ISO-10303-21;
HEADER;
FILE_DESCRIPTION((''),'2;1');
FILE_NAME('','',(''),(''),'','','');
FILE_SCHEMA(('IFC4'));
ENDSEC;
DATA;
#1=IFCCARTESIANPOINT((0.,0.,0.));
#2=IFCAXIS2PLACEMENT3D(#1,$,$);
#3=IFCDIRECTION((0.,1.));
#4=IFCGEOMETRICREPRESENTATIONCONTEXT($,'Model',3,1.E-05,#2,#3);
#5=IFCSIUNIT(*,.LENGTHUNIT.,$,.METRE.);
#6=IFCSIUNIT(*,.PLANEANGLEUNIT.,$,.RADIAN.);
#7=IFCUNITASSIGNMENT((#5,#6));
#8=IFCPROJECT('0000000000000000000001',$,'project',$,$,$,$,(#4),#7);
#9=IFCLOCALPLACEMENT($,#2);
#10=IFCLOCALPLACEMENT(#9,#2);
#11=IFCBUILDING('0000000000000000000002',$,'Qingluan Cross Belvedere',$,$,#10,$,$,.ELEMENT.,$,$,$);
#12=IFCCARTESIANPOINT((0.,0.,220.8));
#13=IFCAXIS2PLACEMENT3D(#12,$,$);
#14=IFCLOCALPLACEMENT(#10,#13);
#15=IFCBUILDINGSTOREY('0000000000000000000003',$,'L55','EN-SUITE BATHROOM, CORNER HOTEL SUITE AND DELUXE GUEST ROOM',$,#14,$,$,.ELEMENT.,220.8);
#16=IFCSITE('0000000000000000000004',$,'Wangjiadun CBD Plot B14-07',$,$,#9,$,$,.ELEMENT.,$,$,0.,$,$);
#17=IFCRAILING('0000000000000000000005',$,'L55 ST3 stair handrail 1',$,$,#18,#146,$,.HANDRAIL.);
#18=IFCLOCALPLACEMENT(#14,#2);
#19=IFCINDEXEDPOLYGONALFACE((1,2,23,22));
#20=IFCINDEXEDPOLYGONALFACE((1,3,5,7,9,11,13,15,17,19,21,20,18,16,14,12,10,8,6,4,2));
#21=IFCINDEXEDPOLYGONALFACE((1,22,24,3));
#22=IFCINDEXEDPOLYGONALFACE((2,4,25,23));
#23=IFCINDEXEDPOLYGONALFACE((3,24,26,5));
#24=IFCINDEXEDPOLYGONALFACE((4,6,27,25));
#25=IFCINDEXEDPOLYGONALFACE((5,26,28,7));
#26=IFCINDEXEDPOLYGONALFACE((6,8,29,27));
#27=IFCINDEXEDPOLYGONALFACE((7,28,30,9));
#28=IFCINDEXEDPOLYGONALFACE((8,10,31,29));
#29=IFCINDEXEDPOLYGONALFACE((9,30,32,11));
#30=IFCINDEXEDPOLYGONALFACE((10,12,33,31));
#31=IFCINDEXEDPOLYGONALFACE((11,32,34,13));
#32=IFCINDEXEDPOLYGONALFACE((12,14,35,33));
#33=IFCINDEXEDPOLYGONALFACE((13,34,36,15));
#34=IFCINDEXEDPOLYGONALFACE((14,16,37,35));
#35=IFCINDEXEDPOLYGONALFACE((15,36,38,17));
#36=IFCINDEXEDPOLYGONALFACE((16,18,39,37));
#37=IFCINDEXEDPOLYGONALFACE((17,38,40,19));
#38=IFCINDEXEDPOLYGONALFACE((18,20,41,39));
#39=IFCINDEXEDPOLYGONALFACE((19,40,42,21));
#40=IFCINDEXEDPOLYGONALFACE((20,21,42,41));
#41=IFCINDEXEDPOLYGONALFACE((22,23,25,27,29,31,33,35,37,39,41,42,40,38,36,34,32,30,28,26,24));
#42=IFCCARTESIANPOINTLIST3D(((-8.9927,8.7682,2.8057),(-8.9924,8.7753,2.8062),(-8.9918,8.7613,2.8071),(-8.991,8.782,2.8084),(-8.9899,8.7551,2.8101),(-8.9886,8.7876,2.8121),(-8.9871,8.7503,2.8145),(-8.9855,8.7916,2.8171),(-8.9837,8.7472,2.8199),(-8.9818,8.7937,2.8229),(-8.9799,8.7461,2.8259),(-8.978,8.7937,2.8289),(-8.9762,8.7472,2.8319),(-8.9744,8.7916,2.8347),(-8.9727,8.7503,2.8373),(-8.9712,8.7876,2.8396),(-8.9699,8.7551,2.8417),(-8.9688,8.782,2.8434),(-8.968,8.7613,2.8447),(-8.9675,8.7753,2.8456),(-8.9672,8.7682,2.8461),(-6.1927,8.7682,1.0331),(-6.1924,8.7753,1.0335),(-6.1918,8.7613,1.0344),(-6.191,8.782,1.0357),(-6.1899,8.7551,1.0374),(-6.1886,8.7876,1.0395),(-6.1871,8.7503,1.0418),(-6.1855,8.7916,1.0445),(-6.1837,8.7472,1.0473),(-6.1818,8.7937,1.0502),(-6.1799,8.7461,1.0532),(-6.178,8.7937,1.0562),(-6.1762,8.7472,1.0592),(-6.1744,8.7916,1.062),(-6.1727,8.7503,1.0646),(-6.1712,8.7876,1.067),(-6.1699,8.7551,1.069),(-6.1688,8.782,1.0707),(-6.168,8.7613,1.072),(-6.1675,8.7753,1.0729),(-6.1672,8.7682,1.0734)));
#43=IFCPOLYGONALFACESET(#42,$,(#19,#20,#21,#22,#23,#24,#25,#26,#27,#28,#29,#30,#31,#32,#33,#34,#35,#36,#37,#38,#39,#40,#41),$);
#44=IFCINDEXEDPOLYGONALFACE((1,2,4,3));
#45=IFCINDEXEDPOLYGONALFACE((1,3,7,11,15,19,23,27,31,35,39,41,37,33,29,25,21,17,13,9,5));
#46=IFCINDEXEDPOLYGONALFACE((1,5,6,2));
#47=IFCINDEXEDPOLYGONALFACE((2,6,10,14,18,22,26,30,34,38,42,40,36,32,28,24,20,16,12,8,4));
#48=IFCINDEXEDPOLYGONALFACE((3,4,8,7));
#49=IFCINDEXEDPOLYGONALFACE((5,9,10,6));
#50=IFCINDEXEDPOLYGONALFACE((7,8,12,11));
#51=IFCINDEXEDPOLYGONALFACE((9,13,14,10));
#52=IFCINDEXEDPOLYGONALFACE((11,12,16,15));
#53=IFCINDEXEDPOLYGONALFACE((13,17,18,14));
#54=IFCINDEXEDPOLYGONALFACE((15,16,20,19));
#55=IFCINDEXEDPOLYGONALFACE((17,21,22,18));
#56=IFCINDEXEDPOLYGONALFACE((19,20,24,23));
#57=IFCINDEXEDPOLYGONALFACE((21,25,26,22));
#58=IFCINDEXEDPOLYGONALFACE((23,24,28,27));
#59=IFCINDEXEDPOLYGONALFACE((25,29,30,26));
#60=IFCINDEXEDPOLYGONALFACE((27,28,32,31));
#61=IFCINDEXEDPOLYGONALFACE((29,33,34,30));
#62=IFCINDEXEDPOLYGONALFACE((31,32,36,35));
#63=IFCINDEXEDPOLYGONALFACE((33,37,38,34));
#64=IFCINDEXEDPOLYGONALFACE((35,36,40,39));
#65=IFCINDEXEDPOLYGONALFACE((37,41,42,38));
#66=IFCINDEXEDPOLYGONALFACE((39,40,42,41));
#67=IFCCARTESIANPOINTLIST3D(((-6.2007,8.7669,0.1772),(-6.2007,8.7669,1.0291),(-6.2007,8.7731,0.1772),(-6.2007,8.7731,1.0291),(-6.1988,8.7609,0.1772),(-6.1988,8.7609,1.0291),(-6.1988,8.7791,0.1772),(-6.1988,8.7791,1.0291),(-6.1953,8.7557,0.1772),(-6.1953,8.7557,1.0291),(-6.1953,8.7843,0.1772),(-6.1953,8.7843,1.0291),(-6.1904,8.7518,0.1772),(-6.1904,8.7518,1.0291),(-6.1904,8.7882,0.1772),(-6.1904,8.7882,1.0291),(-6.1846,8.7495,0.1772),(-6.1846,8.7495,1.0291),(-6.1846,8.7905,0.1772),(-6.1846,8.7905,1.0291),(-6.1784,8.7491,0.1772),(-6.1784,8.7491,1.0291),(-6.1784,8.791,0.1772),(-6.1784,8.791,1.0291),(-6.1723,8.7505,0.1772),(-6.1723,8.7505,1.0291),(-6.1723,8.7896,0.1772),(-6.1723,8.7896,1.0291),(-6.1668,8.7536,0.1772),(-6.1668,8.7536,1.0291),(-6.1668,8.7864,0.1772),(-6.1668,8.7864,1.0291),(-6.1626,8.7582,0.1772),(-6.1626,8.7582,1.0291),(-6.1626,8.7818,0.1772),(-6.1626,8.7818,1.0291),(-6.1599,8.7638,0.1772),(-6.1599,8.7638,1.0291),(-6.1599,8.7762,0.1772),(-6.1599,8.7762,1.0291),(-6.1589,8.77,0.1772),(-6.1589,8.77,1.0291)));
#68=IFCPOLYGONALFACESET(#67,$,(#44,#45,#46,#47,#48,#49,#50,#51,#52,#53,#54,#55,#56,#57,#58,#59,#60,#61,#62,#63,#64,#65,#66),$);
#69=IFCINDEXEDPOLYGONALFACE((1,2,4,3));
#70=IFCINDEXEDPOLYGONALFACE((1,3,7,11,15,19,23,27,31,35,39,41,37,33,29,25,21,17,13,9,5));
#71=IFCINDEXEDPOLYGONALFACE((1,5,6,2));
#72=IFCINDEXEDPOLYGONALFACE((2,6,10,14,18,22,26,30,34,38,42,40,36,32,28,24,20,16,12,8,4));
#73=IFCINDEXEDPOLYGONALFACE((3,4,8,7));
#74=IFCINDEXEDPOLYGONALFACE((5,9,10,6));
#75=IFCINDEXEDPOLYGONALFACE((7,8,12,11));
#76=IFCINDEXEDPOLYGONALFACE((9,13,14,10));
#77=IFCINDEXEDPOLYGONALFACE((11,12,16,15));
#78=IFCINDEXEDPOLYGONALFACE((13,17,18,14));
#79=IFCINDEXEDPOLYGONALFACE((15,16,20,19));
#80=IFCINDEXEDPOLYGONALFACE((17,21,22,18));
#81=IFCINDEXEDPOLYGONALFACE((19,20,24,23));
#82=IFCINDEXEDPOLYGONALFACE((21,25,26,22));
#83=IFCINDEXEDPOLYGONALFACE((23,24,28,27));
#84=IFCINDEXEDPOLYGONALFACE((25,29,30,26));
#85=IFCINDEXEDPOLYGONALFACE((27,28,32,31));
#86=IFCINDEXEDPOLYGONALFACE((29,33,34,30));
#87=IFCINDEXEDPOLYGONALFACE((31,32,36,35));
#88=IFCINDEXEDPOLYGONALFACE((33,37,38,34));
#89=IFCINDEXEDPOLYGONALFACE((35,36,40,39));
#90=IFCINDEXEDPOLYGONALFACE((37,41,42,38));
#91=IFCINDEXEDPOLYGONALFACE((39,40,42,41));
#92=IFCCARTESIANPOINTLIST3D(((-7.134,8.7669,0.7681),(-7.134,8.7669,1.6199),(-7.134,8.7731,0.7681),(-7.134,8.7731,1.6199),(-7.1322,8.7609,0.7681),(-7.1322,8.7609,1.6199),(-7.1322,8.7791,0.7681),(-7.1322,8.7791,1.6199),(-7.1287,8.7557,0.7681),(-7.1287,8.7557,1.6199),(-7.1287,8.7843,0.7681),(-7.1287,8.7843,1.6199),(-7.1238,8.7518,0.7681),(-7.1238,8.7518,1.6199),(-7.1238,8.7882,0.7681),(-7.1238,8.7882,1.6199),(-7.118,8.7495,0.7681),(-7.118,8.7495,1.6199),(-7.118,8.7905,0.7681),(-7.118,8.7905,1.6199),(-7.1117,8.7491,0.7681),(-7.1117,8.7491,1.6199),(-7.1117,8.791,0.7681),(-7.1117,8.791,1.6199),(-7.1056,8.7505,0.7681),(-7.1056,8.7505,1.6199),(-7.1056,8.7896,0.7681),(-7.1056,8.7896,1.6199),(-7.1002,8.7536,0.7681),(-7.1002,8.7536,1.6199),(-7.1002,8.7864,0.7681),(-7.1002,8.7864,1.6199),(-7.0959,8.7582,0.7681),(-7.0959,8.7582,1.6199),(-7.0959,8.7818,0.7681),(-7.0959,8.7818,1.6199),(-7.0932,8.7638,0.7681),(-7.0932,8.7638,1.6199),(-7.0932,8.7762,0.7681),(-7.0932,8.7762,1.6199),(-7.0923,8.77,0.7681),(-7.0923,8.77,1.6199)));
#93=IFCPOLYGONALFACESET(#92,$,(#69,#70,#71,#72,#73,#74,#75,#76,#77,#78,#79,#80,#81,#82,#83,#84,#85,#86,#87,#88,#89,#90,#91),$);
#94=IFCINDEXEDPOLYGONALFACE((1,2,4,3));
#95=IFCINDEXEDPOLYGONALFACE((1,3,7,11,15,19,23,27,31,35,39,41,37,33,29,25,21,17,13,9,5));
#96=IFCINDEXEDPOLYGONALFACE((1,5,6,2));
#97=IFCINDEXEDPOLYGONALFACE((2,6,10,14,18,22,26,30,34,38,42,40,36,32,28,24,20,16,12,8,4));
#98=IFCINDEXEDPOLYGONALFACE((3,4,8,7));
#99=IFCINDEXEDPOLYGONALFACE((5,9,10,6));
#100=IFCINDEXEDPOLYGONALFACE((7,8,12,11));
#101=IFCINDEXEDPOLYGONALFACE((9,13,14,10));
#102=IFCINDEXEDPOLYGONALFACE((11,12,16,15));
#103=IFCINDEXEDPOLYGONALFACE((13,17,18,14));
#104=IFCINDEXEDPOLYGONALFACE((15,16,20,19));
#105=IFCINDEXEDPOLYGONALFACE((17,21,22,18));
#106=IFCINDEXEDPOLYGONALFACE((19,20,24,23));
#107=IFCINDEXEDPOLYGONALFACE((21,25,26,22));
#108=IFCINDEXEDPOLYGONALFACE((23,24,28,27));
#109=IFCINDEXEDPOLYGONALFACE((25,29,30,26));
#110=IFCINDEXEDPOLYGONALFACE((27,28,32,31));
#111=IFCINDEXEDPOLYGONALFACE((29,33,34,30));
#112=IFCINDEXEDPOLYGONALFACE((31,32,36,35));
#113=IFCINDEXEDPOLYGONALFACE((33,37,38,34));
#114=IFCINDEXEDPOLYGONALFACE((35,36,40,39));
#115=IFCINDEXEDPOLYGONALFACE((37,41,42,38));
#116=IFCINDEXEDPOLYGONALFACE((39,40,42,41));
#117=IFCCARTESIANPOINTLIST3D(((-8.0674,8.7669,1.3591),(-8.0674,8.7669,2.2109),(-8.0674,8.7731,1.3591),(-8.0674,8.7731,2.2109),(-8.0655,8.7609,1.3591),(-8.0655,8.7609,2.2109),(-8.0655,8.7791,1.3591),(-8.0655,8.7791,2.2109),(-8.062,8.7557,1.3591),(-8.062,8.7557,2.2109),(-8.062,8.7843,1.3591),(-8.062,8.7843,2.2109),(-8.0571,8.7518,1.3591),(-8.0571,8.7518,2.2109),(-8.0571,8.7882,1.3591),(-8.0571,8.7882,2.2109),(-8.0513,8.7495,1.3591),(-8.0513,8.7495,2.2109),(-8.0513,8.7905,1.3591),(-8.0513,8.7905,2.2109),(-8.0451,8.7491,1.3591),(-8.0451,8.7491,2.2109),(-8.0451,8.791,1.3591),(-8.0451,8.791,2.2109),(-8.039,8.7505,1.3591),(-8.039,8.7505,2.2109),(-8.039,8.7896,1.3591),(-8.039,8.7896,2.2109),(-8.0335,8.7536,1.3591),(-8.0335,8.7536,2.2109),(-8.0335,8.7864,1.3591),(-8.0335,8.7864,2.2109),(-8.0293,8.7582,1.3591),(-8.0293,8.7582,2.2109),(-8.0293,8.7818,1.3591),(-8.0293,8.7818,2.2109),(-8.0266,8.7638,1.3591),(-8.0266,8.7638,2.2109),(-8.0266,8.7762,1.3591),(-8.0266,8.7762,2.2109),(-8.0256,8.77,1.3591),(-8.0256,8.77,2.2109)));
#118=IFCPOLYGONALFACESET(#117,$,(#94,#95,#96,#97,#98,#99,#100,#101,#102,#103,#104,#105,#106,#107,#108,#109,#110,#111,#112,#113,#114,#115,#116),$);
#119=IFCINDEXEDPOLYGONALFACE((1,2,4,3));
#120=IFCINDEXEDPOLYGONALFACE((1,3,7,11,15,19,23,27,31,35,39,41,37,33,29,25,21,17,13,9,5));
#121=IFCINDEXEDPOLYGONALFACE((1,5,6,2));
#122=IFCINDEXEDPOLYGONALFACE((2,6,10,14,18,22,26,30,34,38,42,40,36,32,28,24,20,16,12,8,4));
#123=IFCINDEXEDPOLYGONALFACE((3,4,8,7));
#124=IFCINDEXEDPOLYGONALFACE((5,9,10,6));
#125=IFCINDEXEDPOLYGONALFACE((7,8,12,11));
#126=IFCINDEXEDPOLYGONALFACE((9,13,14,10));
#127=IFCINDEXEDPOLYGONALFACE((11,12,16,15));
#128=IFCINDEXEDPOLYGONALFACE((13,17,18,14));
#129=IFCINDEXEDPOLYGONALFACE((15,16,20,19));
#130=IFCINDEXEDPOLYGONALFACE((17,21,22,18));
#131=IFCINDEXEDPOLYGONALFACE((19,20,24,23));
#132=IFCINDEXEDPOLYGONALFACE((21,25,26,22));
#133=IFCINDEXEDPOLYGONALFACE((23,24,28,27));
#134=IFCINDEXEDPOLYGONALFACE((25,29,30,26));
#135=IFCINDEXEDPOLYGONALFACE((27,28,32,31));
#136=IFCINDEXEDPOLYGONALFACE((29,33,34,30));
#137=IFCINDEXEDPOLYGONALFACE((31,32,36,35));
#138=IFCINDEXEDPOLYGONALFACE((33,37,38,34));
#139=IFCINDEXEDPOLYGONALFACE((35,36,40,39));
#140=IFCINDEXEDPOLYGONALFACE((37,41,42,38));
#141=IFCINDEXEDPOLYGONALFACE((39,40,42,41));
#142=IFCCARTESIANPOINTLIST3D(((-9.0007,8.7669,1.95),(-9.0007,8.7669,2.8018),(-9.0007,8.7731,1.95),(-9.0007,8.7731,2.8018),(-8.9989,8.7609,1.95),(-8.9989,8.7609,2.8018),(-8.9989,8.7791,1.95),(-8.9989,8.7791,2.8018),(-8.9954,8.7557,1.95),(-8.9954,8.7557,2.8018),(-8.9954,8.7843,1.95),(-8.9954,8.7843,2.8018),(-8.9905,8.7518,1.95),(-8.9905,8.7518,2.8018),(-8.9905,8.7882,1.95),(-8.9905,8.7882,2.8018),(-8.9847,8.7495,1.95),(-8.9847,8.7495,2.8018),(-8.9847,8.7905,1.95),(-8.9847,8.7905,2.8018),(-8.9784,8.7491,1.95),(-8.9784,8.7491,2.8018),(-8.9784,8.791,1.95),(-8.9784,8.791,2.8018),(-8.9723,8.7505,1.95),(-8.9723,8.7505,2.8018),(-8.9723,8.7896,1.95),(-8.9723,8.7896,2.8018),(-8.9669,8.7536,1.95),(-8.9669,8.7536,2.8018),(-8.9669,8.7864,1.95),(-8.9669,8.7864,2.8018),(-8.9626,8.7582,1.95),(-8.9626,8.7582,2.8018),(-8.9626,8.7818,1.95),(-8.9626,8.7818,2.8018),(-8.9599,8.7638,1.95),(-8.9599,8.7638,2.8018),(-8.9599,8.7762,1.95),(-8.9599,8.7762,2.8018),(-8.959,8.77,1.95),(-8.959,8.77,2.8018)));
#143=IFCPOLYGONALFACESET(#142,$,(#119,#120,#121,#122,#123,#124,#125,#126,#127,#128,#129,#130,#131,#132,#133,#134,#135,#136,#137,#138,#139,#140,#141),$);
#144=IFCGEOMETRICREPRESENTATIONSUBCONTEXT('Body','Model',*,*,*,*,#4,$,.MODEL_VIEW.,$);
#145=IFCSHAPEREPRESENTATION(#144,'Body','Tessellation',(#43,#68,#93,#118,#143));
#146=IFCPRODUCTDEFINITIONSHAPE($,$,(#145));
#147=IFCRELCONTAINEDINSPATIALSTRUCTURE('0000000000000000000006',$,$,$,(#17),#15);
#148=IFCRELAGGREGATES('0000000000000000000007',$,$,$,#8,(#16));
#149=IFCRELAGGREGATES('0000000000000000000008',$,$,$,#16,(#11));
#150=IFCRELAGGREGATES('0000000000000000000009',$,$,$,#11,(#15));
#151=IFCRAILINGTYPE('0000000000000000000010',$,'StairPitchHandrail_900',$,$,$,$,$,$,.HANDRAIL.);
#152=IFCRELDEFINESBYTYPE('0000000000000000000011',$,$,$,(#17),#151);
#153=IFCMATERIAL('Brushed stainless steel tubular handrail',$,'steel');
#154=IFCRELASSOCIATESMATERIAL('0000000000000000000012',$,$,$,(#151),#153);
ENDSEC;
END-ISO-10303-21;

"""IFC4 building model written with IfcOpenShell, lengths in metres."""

from ifc_helpers import new_model, si_unit, direction, frame, origin, origin_2d, place, context, subcontext, project, spatial, circle, extrude, material, type_object, element, save


model = new_model("IFC4")

# Units and contexts
model_context = context("Model", 3, precision=1e-05, world=origin(), true_north=direction((0.0, 1.0)))
body_context = subcontext(model_context, "Body", "Model", "MODEL_VIEW")
ifc_project = project(units=[si_unit("LENGTHUNIT", "METRE"), si_unit("PLANEANGLEUNIT", "RADIAN")], contexts=[model_context])

# Site, building, storey
site_placement = place(None, origin())
site = spatial("IfcSite", under=ifc_project, at=site_placement, Name="Wangjiadun CBD Plot B14-07", CompositionType="ELEMENT", RefElevation=0.0)
building_placement = place(site_placement, origin())
building = spatial("IfcBuilding", under=site, at=building_placement, Name="Qingluan Cross Belvedere", CompositionType="ELEMENT")
storey_placement = place(building_placement, frame((0.0, 0.0, 220.8)))
storey = spatial("IfcBuildingStorey", under=building, at=storey_placement, Name="L55", Description="EN-SUITE BATHROOM, CORNER HOTEL SUITE AND DELUXE GUEST ROOM", CompositionType="ELEMENT", Elevation=220.8)

# Railing
ifc_material_1 = material(Name="Brushed stainless steel tubular handrail", Category="steel")
railing_type_1 = type_object("IfcRailingType", Name="StairPitchHandrail_900", PredefinedType="HANDRAIL", material=ifc_material_1)
railing_1_placement = place(storey_placement, frame((-6.1799, 8.77, 0.1772)))
element("IfcRailing", 1, at=railing_1_placement, inside=storey, type_object=railing_type_1, Name="L55 ST3 stair handrail 1", PredefinedType="HANDRAIL", context=body_context, shape_type="SweptSolid", body=[
    extrude(circle(Radius=0.0239, at=origin_2d()), frame((0.0, 0.0, 0.876), z_axis=(-0.844909, 0.0, 0.53491), x_axis=(0.0, -1.0, 0.0)), (0.0, 0.0, 1.0), 3.314),
    extrude(circle(Radius=0.021, at=origin_2d()), origin(), (0.0, 0.0, 1.0), 0.8518),
    extrude(circle(Radius=0.021, at=origin_2d()), frame((-0.9333, 0.0, 0.5908)), (0.0, 0.0, 1.0), 0.8518),
    extrude(circle(Radius=0.021, at=origin_2d()), frame((-1.8667, 0.0, 1.1819)), (0.0, 0.0, 1.0), 0.8518),
    extrude(circle(Radius=0.021, at=origin_2d()), frame((-2.8, 0.0, 1.7727)), (0.0, 0.0, 1.0), 0.8518),
])

save(model, "model.ifc")
